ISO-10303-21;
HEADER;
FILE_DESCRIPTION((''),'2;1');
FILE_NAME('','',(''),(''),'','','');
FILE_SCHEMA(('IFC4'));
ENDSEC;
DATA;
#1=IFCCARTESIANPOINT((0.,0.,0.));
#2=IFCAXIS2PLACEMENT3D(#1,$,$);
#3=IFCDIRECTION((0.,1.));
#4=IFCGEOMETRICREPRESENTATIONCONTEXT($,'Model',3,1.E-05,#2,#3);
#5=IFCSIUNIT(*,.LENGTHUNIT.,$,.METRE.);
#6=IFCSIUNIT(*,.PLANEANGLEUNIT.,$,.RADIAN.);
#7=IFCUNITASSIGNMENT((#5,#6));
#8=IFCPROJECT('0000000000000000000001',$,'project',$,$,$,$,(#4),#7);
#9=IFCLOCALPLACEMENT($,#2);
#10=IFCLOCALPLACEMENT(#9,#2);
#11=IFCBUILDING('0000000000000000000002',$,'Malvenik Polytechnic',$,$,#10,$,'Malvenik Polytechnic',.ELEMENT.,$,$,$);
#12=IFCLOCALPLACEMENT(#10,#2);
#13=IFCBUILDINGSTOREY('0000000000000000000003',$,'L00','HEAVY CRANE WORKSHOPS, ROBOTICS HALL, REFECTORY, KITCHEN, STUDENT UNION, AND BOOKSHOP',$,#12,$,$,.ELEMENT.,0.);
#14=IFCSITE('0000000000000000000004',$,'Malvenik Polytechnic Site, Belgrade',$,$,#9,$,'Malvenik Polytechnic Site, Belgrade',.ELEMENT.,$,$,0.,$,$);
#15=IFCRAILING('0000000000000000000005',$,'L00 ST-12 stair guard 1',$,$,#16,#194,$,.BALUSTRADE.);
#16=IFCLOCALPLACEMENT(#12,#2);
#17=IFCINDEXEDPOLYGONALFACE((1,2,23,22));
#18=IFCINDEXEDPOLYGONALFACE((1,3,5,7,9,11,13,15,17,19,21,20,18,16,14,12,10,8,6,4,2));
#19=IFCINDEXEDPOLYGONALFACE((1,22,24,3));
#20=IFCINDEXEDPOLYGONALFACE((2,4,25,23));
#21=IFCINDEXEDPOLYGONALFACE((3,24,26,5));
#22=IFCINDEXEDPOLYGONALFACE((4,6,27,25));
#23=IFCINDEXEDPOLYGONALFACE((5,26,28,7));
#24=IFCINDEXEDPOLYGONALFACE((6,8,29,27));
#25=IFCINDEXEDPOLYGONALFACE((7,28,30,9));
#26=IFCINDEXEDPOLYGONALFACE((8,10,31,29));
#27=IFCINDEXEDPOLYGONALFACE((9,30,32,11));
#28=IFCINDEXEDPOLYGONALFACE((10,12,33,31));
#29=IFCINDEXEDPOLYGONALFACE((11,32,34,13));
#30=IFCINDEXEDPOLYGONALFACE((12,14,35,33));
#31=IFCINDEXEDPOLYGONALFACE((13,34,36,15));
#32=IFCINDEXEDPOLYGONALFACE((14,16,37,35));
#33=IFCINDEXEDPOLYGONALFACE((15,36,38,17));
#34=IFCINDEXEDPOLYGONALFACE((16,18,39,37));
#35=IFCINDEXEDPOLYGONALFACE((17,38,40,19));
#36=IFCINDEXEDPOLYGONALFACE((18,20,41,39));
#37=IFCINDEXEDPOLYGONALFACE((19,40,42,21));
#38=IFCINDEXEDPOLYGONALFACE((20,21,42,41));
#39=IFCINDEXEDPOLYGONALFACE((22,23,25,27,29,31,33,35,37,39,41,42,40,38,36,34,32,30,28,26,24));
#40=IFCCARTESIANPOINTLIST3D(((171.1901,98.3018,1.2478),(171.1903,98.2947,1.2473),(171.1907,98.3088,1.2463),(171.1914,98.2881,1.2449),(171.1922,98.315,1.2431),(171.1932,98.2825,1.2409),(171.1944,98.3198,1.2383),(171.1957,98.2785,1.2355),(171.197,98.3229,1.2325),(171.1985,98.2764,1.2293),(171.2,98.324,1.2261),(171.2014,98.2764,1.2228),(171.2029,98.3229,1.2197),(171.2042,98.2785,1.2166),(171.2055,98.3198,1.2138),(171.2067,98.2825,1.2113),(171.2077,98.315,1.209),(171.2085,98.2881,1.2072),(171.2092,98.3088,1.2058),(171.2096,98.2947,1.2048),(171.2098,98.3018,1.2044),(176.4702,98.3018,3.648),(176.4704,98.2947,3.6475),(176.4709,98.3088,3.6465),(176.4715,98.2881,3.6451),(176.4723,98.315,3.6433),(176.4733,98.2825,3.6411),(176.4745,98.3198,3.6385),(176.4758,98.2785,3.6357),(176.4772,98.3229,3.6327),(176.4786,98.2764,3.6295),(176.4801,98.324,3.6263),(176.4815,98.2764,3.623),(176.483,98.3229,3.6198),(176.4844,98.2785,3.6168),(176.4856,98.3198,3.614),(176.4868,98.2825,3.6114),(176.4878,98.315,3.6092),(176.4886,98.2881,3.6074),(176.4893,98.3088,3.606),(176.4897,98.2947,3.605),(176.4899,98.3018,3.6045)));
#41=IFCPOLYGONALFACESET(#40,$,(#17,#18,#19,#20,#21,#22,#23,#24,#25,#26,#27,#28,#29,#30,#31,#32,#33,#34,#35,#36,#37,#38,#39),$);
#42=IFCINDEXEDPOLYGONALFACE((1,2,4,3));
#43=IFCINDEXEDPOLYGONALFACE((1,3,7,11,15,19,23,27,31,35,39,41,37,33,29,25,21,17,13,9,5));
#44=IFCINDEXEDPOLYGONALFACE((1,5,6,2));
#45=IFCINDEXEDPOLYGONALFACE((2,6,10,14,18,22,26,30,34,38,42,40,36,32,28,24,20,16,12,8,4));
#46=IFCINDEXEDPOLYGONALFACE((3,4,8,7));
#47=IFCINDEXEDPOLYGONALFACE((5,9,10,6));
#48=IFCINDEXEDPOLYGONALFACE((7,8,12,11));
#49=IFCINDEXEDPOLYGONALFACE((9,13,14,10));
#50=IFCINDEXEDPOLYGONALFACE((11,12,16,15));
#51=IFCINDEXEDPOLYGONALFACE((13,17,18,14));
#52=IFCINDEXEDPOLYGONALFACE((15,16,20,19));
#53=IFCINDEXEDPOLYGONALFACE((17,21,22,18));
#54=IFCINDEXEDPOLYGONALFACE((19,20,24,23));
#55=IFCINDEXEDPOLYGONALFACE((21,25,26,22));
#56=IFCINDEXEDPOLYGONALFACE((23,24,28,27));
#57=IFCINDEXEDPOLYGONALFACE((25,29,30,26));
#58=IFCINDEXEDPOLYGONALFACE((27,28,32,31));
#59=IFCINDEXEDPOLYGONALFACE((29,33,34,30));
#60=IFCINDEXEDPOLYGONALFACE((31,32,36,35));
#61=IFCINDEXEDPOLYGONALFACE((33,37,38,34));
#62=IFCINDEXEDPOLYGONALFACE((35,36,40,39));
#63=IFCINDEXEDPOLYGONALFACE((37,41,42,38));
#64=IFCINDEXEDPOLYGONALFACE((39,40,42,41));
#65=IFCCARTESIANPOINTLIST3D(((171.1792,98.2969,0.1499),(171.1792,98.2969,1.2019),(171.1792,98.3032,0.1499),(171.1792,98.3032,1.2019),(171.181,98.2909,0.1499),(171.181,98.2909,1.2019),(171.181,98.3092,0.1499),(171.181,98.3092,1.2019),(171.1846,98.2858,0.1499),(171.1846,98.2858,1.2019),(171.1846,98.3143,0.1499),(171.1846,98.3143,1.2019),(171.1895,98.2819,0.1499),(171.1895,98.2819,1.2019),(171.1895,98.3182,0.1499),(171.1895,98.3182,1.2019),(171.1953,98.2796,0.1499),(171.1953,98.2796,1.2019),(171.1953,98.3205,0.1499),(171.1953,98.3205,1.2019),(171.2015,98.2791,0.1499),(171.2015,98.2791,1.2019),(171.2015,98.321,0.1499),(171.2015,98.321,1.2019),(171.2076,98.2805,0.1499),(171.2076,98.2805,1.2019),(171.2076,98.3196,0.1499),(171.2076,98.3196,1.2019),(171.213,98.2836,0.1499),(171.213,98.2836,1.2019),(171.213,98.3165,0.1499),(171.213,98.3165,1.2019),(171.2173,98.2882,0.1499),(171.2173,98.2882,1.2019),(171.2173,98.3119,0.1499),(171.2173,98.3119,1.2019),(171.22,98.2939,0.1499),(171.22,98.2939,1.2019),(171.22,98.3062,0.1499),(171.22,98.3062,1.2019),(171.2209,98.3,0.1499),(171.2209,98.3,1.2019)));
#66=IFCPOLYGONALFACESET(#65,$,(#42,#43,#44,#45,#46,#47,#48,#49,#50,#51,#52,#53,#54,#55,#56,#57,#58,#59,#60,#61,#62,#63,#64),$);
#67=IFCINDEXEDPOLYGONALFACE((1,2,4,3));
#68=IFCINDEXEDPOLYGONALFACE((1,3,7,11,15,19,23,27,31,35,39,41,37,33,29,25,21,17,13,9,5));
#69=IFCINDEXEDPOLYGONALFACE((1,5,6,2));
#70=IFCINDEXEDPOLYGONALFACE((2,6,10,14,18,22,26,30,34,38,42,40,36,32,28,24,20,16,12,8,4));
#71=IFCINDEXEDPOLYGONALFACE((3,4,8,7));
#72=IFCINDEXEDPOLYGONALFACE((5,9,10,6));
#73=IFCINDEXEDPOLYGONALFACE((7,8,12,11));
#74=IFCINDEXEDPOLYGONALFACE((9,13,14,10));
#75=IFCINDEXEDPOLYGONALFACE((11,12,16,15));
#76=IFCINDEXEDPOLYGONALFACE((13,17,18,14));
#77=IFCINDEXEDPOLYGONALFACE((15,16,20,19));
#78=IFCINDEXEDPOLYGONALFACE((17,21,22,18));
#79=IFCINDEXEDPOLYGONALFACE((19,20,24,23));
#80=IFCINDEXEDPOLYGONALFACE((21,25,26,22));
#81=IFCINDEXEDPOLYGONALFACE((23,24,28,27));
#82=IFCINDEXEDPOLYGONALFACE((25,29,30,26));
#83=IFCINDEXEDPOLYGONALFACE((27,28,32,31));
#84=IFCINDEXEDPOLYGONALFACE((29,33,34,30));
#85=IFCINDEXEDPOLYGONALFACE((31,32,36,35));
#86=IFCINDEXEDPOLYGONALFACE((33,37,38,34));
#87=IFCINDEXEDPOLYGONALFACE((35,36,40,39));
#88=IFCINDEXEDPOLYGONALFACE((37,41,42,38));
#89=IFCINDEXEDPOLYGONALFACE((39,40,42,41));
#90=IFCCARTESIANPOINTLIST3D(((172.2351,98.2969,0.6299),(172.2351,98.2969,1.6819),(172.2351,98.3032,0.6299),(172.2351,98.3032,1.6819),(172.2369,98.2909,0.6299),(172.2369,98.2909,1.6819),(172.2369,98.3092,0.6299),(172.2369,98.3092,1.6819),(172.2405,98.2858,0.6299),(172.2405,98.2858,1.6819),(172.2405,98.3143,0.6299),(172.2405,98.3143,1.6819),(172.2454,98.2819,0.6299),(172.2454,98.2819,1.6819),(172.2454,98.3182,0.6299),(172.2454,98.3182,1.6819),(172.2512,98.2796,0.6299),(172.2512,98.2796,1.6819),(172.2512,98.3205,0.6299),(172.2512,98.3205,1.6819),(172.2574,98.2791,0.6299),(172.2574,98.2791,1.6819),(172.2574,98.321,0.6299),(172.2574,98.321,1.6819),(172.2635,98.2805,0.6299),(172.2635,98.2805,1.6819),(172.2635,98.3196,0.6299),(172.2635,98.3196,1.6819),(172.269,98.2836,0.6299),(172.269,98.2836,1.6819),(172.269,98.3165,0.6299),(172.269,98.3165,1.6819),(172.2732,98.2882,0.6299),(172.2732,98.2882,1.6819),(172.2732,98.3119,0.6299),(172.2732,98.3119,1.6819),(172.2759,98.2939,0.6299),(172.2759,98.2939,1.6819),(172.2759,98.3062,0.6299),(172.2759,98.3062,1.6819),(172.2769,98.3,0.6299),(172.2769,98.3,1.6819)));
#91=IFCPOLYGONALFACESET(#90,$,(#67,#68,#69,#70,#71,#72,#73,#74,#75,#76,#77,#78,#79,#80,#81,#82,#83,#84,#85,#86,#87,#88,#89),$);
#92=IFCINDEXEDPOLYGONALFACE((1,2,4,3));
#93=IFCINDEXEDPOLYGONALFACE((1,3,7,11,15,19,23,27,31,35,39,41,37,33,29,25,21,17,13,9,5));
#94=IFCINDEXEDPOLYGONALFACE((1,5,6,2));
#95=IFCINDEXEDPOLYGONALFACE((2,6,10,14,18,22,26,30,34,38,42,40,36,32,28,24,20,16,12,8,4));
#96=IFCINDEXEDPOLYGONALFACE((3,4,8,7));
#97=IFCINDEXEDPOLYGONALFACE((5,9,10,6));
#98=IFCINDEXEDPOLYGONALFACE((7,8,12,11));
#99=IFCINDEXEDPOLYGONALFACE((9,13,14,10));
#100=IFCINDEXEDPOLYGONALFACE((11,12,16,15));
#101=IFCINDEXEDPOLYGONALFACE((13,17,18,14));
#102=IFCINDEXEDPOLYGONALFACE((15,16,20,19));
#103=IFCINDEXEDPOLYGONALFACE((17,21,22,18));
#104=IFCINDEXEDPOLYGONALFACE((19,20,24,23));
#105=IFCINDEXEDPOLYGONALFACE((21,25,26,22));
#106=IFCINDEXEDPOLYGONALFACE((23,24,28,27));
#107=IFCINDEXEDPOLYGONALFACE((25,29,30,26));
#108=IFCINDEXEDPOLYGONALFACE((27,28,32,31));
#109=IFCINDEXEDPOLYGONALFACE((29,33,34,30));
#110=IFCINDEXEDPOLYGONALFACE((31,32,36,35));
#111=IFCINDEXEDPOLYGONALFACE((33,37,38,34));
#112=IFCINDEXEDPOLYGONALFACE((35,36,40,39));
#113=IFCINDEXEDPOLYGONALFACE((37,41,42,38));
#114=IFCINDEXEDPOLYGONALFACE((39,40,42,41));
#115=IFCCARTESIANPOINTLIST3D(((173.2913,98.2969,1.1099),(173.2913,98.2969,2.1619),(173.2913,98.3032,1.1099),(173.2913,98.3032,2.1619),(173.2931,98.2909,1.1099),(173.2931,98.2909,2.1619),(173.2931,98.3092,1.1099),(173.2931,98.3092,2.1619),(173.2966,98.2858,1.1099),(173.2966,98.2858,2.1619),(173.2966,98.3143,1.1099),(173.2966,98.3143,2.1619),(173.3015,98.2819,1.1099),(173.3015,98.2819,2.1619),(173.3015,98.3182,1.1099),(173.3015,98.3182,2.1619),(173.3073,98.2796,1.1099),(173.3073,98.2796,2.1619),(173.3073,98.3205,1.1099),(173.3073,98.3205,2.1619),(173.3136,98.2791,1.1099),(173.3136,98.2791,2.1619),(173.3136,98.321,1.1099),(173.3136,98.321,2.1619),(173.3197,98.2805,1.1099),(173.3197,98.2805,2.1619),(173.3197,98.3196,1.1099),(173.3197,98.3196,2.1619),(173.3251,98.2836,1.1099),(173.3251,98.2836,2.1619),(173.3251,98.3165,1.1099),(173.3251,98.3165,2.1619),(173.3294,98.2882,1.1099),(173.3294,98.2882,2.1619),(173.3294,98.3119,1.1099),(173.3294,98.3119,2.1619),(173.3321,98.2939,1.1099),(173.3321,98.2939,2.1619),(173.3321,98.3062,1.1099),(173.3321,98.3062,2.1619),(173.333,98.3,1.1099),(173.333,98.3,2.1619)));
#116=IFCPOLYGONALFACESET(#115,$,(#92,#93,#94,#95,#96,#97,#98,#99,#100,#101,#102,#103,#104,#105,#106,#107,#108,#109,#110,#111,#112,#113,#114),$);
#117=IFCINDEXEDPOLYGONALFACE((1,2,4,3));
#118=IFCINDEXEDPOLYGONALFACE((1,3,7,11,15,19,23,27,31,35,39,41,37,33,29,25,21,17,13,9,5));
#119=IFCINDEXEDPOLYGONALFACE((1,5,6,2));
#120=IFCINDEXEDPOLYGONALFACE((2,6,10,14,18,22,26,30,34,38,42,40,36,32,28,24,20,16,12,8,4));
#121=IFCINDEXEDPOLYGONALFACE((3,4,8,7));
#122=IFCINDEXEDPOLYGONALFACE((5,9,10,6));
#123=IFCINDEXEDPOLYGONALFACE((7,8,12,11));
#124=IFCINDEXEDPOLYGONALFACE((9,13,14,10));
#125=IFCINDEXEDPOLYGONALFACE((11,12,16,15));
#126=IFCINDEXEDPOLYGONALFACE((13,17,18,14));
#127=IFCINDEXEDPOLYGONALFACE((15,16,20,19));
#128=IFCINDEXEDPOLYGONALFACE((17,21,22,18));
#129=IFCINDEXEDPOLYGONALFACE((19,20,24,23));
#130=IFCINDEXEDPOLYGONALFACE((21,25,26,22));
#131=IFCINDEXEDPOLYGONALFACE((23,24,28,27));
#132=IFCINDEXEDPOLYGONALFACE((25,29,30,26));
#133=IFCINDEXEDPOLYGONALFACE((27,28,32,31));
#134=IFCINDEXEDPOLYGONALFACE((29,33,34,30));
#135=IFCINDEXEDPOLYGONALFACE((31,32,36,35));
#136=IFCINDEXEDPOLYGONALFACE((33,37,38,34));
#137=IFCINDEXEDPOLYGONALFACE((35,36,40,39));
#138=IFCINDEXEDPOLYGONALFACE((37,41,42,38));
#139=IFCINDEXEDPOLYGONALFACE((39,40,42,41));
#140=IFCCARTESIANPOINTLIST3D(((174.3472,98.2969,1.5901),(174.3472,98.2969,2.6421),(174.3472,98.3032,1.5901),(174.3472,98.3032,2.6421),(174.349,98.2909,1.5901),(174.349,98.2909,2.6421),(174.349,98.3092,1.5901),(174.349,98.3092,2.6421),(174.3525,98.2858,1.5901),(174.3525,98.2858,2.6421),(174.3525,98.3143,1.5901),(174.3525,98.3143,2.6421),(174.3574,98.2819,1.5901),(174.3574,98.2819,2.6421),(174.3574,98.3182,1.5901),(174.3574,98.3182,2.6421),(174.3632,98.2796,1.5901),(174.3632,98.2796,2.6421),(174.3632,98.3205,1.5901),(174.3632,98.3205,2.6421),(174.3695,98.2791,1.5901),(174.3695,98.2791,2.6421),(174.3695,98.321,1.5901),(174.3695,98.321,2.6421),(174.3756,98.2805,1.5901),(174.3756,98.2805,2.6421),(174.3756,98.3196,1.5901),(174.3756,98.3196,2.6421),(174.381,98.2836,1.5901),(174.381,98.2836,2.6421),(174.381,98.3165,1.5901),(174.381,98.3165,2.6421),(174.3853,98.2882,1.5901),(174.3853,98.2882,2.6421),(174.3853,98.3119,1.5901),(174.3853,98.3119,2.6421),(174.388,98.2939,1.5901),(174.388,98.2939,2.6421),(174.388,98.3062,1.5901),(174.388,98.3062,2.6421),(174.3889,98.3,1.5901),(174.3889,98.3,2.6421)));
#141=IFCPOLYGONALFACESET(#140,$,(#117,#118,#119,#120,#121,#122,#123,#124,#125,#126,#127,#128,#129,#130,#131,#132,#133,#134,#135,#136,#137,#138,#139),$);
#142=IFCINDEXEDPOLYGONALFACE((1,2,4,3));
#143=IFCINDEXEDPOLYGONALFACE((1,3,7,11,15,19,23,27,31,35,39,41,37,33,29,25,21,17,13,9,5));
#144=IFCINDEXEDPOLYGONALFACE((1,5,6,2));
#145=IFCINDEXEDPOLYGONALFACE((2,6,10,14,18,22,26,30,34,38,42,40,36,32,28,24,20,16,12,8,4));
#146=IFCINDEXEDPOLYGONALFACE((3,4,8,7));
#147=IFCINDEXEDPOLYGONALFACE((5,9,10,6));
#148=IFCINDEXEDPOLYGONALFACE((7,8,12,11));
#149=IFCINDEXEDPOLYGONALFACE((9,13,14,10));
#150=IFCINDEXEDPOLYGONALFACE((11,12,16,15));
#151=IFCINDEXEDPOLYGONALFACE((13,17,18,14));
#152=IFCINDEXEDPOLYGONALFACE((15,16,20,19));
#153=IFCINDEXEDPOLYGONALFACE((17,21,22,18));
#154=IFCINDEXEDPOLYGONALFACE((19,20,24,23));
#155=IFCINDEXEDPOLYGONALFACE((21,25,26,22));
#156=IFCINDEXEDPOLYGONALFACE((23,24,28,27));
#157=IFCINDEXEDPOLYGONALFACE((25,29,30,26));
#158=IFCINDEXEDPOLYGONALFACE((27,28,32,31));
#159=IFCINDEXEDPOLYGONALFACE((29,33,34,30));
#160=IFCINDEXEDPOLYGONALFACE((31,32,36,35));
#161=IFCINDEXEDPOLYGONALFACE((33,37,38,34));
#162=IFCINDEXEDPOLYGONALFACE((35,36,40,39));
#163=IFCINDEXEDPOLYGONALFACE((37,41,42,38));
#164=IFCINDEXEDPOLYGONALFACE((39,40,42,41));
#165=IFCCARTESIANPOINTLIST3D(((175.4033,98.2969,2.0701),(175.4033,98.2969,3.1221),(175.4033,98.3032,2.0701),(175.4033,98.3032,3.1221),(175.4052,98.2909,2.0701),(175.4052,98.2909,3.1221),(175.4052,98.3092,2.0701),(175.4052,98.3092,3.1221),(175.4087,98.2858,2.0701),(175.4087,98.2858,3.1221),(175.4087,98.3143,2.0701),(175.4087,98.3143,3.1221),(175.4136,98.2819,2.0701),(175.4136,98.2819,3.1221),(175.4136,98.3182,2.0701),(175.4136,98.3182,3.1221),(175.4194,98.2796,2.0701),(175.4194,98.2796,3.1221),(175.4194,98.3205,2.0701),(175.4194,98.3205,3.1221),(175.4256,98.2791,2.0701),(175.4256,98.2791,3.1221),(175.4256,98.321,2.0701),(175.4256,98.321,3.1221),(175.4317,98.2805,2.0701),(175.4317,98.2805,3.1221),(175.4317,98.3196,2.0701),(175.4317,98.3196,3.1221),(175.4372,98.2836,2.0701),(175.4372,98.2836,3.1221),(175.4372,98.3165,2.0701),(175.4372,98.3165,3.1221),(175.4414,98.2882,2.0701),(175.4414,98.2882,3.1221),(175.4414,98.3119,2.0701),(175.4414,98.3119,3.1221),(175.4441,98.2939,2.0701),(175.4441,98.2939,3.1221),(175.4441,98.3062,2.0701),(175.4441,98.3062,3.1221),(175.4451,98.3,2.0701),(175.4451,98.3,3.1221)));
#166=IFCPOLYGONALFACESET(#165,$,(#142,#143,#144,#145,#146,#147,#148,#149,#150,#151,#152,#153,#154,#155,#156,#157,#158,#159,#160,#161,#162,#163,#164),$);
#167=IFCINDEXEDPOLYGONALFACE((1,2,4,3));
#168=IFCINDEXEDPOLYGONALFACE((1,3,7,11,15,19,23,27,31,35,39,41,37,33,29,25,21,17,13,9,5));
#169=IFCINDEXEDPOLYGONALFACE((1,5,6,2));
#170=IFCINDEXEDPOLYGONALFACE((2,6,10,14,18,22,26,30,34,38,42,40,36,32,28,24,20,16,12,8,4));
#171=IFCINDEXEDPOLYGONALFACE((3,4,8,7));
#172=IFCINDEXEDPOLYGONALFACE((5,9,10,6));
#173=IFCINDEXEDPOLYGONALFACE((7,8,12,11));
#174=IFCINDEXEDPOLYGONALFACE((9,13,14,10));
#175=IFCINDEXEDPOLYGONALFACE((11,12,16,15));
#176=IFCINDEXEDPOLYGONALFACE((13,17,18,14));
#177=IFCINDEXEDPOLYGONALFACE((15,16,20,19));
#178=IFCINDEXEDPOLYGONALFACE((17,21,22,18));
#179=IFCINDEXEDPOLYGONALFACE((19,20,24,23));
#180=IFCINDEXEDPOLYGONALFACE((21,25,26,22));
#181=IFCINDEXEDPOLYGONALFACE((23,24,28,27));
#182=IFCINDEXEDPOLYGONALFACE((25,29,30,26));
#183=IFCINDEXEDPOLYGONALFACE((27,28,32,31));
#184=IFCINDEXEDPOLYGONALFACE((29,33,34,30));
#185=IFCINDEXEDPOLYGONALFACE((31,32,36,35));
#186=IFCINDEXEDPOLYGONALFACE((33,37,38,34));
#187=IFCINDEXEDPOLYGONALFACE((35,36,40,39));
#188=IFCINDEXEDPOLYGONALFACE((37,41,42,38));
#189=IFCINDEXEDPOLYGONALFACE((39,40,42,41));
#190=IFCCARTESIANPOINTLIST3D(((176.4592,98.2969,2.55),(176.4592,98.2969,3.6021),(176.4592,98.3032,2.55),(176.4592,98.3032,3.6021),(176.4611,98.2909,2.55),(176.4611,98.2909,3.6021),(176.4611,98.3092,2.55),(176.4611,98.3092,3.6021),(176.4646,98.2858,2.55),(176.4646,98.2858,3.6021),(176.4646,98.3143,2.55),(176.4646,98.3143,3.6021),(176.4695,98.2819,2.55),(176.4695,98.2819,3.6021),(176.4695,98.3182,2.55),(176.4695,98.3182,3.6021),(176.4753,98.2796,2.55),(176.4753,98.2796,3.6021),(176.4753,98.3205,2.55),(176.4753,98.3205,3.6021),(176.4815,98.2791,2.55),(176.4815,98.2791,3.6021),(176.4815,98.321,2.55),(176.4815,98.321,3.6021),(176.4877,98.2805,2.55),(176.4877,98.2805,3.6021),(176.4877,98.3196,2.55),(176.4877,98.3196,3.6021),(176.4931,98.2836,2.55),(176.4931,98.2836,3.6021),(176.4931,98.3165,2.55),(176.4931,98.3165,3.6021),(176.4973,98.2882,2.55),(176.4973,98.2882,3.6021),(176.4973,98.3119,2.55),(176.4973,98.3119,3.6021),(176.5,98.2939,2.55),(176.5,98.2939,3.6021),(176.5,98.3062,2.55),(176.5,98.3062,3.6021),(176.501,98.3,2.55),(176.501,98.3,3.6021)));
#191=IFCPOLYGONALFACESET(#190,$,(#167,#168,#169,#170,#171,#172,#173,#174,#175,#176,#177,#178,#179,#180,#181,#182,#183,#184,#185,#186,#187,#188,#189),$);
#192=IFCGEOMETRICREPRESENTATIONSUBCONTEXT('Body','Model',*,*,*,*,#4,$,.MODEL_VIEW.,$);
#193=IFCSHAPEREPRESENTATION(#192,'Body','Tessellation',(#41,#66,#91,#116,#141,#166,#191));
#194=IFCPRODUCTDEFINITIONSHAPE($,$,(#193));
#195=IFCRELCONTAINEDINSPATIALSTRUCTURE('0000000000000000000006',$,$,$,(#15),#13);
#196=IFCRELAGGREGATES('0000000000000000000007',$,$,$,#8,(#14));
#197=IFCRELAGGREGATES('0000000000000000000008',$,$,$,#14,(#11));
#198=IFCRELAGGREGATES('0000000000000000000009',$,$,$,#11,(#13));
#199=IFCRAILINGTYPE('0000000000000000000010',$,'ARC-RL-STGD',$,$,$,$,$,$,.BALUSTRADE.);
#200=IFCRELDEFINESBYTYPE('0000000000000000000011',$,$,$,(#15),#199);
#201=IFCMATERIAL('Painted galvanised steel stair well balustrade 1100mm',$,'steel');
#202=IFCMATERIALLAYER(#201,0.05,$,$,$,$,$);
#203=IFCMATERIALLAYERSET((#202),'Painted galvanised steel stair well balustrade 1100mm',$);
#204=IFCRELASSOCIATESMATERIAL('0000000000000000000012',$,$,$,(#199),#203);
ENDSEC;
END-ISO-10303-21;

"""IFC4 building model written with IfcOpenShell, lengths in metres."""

from ifc_helpers import new_model, si_unit, direction, frame, origin, origin_2d, place, context, subcontext, project, spatial, circle, extrude, material, layer, layer_set, type_object, element, save


model = new_model("IFC4")

# Units and contexts
model_context = context("Model", 3, precision=1e-05, world=origin(), true_north=direction((0.0, 1.0)))
body_context = subcontext(model_context, "Body", "Model", "MODEL_VIEW")
ifc_project = project(units=[si_unit("LENGTHUNIT", "METRE"), si_unit("PLANEANGLEUNIT", "RADIAN")], contexts=[model_context])

# Site, building, storey
site_placement = place(None, origin())
site = spatial("IfcSite", under=ifc_project, at=site_placement, Name="Malvenik Polytechnic Site, Belgrade", LongName="Malvenik Polytechnic Site, Belgrade", CompositionType="ELEMENT", RefElevation=0.0)
building_placement = place(site_placement, origin())
building = spatial("IfcBuilding", under=site, at=building_placement, Name="Malvenik Polytechnic", LongName="Malvenik Polytechnic", CompositionType="ELEMENT")
storey_placement = place(building_placement, origin())
storey = spatial("IfcBuildingStorey", under=building, at=storey_placement, Name="L00", Description="HEAVY CRANE WORKSHOPS, ROBOTICS HALL, REFECTORY, KITCHEN, STUDENT UNION, AND BOOKSHOP", CompositionType="ELEMENT", Elevation=0.0)

# Railing
ifc_material_1 = material(Name="Painted galvanised steel stair well balustrade 1100mm", Category="steel")
ifc_layer_1 = layer(ifc_material_1, 0.05)
ifc_layer_set_1 = layer_set([ifc_layer_1], Name="Painted galvanised steel stair well balustrade 1100mm")
railing_type = type_object("IfcRailingType", Name="ARC-RL-STGD", PredefinedType="BALUSTRADE", material=ifc_layer_set_1)
railing_placement = place(storey_placement, frame((171.2, 98.3, 0.1499)))
element("IfcRailing", 1, at=railing_placement, inside=storey, type_object=railing_type, Name="L00 ST-12 stair guard 1", PredefinedType="BALUSTRADE", context=body_context, shape_type="SweptSolid", body=[
    extrude(circle(Radius=0.0239, at=origin_2d()), frame((0.0, 0.0, 1.0762), z_axis=(0.910358, 0.0, 0.413822), x_axis=(0.0, 1.0, 0.0)), (0.0, 0.0, 1.0), 5.8),
    extrude(circle(Radius=0.021, at=origin_2d()), origin(), (0.0, 0.0, 1.0), 1.052),
    extrude(circle(Radius=0.021, at=origin_2d()), frame((1.0559, 0.0, 0.48)), (0.0, 0.0, 1.0), 1.052),
    extrude(circle(Radius=0.021, at=origin_2d()), frame((2.1121, 0.0, 0.96)), (0.0, 0.0, 1.0), 1.052),
    extrude(circle(Radius=0.021, at=origin_2d()), frame((3.168, 0.0, 1.4402)), (0.0, 0.0, 1.0), 1.052),
    extrude(circle(Radius=0.021, at=origin_2d()), frame((4.2241, 0.0, 1.9202)), (0.0, 0.0, 1.0), 1.052),
    extrude(circle(Radius=0.021, at=origin_2d()), frame((5.28, 0.0, 2.4001)), (0.0, 0.0, 1.0), 1.052),
])

save(model, "model.ifc")
